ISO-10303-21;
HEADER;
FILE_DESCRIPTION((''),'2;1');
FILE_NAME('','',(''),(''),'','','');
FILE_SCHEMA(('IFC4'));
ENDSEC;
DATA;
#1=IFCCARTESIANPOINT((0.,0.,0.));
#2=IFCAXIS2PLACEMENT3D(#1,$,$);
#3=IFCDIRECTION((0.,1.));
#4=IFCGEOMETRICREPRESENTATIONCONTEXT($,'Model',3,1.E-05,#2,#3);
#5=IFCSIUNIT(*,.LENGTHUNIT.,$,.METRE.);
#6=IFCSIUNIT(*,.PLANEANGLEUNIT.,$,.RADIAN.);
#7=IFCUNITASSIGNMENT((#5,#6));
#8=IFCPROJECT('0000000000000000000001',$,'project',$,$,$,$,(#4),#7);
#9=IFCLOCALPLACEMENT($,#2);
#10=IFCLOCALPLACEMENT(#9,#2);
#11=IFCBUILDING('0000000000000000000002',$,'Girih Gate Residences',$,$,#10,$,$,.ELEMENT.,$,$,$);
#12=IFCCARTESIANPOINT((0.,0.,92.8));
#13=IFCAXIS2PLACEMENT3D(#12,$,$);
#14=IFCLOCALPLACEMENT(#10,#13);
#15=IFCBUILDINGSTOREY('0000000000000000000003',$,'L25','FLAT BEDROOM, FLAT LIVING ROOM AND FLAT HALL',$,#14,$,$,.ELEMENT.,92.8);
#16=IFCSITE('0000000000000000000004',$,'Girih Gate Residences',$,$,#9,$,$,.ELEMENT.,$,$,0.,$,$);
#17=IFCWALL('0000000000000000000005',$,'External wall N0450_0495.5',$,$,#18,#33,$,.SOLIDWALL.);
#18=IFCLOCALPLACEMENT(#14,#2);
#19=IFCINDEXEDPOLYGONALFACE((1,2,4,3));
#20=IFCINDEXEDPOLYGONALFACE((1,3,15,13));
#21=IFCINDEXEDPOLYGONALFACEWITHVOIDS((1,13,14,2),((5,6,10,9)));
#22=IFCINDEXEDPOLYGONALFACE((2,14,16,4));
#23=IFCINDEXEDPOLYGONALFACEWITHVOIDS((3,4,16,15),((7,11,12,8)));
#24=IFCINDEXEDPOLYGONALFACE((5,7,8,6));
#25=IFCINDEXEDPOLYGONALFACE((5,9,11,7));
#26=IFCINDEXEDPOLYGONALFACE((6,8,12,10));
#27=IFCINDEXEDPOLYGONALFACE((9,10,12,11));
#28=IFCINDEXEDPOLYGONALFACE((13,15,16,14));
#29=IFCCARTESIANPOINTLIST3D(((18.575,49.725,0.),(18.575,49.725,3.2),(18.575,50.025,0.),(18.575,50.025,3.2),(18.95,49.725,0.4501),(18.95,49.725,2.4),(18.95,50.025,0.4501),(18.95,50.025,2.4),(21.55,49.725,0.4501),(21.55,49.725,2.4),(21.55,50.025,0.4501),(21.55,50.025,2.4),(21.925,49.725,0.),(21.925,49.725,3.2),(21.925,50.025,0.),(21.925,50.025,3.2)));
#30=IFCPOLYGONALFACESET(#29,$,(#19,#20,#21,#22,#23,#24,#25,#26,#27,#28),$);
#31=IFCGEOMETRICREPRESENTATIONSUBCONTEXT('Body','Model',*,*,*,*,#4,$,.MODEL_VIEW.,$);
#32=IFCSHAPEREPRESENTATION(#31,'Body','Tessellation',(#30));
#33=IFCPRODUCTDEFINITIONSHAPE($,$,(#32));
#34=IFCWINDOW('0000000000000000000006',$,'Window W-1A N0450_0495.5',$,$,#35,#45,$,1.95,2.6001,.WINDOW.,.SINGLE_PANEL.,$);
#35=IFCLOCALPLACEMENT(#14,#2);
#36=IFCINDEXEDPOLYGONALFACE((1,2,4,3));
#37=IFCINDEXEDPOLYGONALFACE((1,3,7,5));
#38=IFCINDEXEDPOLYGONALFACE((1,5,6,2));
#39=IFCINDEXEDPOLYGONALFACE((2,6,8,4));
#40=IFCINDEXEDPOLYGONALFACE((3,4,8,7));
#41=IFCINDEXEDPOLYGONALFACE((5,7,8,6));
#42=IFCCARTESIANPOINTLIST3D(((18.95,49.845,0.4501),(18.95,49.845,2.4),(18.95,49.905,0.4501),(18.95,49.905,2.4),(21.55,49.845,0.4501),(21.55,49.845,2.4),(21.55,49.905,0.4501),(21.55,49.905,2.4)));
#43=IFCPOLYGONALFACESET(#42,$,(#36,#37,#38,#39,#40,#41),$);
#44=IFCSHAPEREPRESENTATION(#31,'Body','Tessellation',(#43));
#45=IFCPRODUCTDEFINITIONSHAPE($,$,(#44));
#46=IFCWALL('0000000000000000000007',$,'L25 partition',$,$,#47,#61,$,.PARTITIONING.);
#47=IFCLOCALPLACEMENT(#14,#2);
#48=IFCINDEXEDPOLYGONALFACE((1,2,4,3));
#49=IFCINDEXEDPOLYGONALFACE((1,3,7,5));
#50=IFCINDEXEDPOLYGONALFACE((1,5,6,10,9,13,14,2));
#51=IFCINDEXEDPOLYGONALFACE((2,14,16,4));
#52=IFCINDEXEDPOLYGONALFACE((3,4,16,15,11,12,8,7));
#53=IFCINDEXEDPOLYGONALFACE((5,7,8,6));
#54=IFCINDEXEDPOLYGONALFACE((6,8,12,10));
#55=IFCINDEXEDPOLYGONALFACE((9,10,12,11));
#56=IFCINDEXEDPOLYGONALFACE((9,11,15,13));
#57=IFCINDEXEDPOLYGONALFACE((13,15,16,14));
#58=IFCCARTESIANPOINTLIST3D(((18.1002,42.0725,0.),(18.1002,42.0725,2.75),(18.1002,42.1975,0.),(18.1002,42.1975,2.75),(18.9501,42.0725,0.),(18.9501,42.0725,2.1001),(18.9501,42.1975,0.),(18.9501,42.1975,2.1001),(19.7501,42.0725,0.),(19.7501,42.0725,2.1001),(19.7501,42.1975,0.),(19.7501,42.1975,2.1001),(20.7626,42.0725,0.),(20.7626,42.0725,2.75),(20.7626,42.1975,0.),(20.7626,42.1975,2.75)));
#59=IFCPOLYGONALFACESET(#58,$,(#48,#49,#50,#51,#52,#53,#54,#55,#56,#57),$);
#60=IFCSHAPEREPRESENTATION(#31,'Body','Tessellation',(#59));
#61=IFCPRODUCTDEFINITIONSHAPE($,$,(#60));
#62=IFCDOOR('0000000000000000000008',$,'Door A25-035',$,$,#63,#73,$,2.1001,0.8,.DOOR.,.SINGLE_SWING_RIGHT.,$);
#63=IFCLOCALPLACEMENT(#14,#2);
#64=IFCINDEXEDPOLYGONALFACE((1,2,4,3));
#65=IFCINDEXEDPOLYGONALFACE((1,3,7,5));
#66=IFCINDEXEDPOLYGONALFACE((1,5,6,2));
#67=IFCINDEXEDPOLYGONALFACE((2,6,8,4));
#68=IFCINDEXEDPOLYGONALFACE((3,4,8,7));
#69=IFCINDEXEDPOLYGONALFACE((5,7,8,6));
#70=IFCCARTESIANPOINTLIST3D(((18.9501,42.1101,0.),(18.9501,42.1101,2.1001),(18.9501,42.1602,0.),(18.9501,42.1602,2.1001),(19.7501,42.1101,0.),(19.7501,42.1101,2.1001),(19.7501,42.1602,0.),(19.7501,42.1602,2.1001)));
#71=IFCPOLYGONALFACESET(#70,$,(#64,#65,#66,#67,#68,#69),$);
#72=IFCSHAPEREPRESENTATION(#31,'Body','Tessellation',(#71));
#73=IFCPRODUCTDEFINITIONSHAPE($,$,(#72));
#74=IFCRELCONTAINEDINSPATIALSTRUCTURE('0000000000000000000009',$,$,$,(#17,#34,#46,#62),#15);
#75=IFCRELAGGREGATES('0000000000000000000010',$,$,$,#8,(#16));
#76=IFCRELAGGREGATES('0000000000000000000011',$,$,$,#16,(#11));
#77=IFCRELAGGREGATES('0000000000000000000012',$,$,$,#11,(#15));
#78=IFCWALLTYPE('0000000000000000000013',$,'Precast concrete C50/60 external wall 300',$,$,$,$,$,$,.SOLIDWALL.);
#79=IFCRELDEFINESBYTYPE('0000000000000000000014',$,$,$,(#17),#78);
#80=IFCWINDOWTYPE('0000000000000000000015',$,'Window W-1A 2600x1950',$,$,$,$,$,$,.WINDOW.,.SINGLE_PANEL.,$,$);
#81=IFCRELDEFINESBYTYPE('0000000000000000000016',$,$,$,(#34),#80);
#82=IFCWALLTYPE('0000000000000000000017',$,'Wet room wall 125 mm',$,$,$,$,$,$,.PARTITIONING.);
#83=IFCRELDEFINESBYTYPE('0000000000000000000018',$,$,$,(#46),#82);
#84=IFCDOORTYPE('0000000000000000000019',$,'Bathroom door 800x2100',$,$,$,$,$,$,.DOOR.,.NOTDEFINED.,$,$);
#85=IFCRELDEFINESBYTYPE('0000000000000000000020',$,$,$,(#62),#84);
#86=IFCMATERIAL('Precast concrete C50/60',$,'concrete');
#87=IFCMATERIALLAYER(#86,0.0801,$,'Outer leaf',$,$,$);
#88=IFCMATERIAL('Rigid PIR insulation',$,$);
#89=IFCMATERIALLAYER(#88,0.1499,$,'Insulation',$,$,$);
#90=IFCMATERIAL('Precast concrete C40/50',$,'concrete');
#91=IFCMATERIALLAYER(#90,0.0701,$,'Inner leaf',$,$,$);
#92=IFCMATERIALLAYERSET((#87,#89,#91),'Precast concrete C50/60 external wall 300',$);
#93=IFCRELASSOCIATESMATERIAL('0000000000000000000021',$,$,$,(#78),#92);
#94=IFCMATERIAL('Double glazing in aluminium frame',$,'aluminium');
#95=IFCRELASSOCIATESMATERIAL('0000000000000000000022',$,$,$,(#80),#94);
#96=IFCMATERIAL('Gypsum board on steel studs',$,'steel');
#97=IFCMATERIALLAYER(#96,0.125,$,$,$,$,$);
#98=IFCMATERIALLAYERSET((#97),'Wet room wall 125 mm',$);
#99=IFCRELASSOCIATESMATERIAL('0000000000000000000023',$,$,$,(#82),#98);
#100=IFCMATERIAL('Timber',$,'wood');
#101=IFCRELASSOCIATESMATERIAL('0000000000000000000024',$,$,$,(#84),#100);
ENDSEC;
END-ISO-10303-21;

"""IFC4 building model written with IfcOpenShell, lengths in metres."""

from ifc_helpers import new_model, si_unit, direction, frame, frame_2d, origin, place, context, subcontext, project, spatial, rectangle, extrude, material, layer, layer_set, type_object, element, fill, save


model = new_model("IFC4")

# Units and contexts
model_context = context("Model", 3, precision=1e-05, world=origin(), true_north=direction((0.0, 1.0)))
body_context = subcontext(model_context, "Body", "Model", "MODEL_VIEW")
ifc_project = project(units=[si_unit("LENGTHUNIT", "METRE"), si_unit("PLANEANGLEUNIT", "RADIAN")], contexts=[model_context])

# Site, building, storey
site_placement = place(None, origin())
site = spatial("IfcSite", under=ifc_project, at=site_placement, Name="Girih Gate Residences", CompositionType="ELEMENT", RefElevation=0.0)
building_placement = place(site_placement, origin())
building = spatial("IfcBuilding", under=site, at=building_placement, Name="Girih Gate Residences", CompositionType="ELEMENT")
storey_placement = place(building_placement, frame((0.0, 0.0, 92.8)))
storey = spatial("IfcBuildingStorey", under=building, at=storey_placement, Name="L25", Description="FLAT BEDROOM, FLAT LIVING ROOM AND FLAT HALL", CompositionType="ELEMENT", Elevation=92.8)

# Shared definitions
ifc_material_1 = material(Name="Gypsum board on steel studs", Category="steel")
ifc_material_2 = material(Name="Timber", Category="wood")

# Wall, opening, window
ifc_material_3 = material(Name="Precast concrete C50/60", Category="concrete")
ifc_layer_1 = layer(ifc_material_3, 0.0801, Name="Outer leaf")
ifc_material_4 = material(Name="Rigid PIR insulation")
ifc_layer_2 = layer(ifc_material_4, 0.1499, Name="Insulation")
ifc_material_5 = material(Name="Precast concrete C40/50", Category="concrete")
ifc_layer_3 = layer(ifc_material_5, 0.0701, Name="Inner leaf")
ifc_layer_set_1 = layer_set([ifc_layer_1, ifc_layer_2, ifc_layer_3], Name="Precast concrete C50/60 external wall 300")
wall_type_1 = type_object("IfcWallType", Name="Precast concrete C50/60 external wall 300", PredefinedType="SOLIDWALL", material=ifc_layer_set_1)
wall_1_placement = place(storey_placement, frame((18.575, 49.875, 0.0), z_axis=(0.0, 0.0, 1.0), x_axis=(1.0, 0.0, 0.0)))
wall_1 = element("IfcWall", 1, at=wall_1_placement, inside=storey, type_object=wall_type_1, Name="External wall N0450_0495.5", PredefinedType="SOLIDWALL", context=body_context, shape_type="SweptSolid", body=[
    extrude(rectangle(XDim=3.3501, YDim=0.3, at=frame_2d((1.675, 0.0))), origin(), (0.0, 0.0, 1.0), 3.2),
])
opening_1_placement = place(wall_1_placement, frame((0.375, 0.0, 0.45)))
opening_1 = element("IfcOpeningElement", 2, at=opening_1_placement, cuts=wall_1, PredefinedType="OPENING", context=body_context, shape_type="SweptSolid", body=[
    extrude(rectangle(XDim=2.6001, YDim=1.95, at=frame_2d((1.3, 0.9751))), frame((0.0, 0.1599, 0.0), z_axis=(0.0, -1.0, 0.0), x_axis=(1.0, 0.0, 0.0)), (0.0, 0.0, 1.0), 0.3201),
])
ifc_material_6 = material(Name="Double glazing in aluminium frame", Category="aluminium")
window_type = type_object("IfcWindowType", Name="Window W-1A 2600x1950", PartitioningType="SINGLE_PANEL", PredefinedType="WINDOW", material=ifc_material_6)
window_placement = place(opening_1_placement, origin())
window = element("IfcWindow", 3, at=window_placement, inside=storey, type_object=window_type, Name="Window W-1A N0450_0495.5", OverallHeight=1.95, OverallWidth=2.6001, PartitioningType="SINGLE_PANEL", PredefinedType="WINDOW", context=body_context, shape_type="SweptSolid", body=[
    extrude(rectangle(XDim=2.6001, YDim=1.95, at=frame_2d((1.3, 0.9751))), frame((0.0, 0.03, 0.0), z_axis=(0.0, -1.0, 0.0), x_axis=(1.0, 0.0, 0.0)), (0.0, 0.0, 1.0), 0.0601),
])
fill(opening_1, window)

# Wall, opening, door
ifc_layer_4 = layer(ifc_material_1, 0.125)
ifc_layer_set_2 = layer_set([ifc_layer_4], Name="Wet room wall 125 mm")
wall_type_2 = type_object("IfcWallType", Name="Wet room wall 125 mm", PredefinedType="PARTITIONING", material=ifc_layer_set_2)
wall_2_placement = place(storey_placement, frame((20.7625, 42.135, 0.0), z_axis=(0.0, 0.0, 1.0), x_axis=(-1.0, 0.0, 0.0)))
wall_2 = element("IfcWall", 4, at=wall_2_placement, inside=storey, type_object=wall_type_2, Name="L25 partition", PredefinedType="PARTITIONING", context=body_context, shape_type="SweptSolid", body=[
    extrude(rectangle(XDim=2.6624, YDim=0.125, at=frame_2d((1.3311, 0.0))), origin(), (0.0, 0.0, 1.0), 2.75),
])
opening_2_placement = place(wall_2_placement, frame((1.0125, 0.0, 0.0)))
opening_2 = element("IfcOpeningElement", 5, at=opening_2_placement, cuts=wall_2, PredefinedType="OPENING", context=body_context, shape_type="SweptSolid", body=[
    extrude(rectangle(XDim=0.8, YDim=2.1001, at=frame_2d((0.3999, 1.05))), frame((0.0, 0.0725, 0.0), z_axis=(0.0, -1.0, 0.0), x_axis=(1.0, 0.0, 0.0)), (0.0, 0.0, 1.0), 0.145),
])
door_type_1 = type_object("IfcDoorType", Name="Bathroom door 800x2100", OperationType="NOTDEFINED", PredefinedType="DOOR", material=ifc_material_2)
door_1_placement = place(opening_2_placement, origin())
door_1 = element("IfcDoor", 6, at=door_1_placement, inside=storey, type_object=door_type_1, Name="Door A25-035", OperationType="SINGLE_SWING_RIGHT", OverallHeight=2.1001, OverallWidth=0.8, PredefinedType="DOOR", context=body_context, shape_type="SweptSolid", body=[
    extrude(rectangle(XDim=0.8, YDim=2.1001, at=frame_2d((0.3999, 1.05))), frame((0.0, 0.0249, 0.0), z_axis=(0.0, -1.0, 0.0), x_axis=(1.0, 0.0, 0.0)), (0.0, 0.0, 1.0), 0.05),
])
fill(opening_2, door_1)

save(model, "model.ifc")
